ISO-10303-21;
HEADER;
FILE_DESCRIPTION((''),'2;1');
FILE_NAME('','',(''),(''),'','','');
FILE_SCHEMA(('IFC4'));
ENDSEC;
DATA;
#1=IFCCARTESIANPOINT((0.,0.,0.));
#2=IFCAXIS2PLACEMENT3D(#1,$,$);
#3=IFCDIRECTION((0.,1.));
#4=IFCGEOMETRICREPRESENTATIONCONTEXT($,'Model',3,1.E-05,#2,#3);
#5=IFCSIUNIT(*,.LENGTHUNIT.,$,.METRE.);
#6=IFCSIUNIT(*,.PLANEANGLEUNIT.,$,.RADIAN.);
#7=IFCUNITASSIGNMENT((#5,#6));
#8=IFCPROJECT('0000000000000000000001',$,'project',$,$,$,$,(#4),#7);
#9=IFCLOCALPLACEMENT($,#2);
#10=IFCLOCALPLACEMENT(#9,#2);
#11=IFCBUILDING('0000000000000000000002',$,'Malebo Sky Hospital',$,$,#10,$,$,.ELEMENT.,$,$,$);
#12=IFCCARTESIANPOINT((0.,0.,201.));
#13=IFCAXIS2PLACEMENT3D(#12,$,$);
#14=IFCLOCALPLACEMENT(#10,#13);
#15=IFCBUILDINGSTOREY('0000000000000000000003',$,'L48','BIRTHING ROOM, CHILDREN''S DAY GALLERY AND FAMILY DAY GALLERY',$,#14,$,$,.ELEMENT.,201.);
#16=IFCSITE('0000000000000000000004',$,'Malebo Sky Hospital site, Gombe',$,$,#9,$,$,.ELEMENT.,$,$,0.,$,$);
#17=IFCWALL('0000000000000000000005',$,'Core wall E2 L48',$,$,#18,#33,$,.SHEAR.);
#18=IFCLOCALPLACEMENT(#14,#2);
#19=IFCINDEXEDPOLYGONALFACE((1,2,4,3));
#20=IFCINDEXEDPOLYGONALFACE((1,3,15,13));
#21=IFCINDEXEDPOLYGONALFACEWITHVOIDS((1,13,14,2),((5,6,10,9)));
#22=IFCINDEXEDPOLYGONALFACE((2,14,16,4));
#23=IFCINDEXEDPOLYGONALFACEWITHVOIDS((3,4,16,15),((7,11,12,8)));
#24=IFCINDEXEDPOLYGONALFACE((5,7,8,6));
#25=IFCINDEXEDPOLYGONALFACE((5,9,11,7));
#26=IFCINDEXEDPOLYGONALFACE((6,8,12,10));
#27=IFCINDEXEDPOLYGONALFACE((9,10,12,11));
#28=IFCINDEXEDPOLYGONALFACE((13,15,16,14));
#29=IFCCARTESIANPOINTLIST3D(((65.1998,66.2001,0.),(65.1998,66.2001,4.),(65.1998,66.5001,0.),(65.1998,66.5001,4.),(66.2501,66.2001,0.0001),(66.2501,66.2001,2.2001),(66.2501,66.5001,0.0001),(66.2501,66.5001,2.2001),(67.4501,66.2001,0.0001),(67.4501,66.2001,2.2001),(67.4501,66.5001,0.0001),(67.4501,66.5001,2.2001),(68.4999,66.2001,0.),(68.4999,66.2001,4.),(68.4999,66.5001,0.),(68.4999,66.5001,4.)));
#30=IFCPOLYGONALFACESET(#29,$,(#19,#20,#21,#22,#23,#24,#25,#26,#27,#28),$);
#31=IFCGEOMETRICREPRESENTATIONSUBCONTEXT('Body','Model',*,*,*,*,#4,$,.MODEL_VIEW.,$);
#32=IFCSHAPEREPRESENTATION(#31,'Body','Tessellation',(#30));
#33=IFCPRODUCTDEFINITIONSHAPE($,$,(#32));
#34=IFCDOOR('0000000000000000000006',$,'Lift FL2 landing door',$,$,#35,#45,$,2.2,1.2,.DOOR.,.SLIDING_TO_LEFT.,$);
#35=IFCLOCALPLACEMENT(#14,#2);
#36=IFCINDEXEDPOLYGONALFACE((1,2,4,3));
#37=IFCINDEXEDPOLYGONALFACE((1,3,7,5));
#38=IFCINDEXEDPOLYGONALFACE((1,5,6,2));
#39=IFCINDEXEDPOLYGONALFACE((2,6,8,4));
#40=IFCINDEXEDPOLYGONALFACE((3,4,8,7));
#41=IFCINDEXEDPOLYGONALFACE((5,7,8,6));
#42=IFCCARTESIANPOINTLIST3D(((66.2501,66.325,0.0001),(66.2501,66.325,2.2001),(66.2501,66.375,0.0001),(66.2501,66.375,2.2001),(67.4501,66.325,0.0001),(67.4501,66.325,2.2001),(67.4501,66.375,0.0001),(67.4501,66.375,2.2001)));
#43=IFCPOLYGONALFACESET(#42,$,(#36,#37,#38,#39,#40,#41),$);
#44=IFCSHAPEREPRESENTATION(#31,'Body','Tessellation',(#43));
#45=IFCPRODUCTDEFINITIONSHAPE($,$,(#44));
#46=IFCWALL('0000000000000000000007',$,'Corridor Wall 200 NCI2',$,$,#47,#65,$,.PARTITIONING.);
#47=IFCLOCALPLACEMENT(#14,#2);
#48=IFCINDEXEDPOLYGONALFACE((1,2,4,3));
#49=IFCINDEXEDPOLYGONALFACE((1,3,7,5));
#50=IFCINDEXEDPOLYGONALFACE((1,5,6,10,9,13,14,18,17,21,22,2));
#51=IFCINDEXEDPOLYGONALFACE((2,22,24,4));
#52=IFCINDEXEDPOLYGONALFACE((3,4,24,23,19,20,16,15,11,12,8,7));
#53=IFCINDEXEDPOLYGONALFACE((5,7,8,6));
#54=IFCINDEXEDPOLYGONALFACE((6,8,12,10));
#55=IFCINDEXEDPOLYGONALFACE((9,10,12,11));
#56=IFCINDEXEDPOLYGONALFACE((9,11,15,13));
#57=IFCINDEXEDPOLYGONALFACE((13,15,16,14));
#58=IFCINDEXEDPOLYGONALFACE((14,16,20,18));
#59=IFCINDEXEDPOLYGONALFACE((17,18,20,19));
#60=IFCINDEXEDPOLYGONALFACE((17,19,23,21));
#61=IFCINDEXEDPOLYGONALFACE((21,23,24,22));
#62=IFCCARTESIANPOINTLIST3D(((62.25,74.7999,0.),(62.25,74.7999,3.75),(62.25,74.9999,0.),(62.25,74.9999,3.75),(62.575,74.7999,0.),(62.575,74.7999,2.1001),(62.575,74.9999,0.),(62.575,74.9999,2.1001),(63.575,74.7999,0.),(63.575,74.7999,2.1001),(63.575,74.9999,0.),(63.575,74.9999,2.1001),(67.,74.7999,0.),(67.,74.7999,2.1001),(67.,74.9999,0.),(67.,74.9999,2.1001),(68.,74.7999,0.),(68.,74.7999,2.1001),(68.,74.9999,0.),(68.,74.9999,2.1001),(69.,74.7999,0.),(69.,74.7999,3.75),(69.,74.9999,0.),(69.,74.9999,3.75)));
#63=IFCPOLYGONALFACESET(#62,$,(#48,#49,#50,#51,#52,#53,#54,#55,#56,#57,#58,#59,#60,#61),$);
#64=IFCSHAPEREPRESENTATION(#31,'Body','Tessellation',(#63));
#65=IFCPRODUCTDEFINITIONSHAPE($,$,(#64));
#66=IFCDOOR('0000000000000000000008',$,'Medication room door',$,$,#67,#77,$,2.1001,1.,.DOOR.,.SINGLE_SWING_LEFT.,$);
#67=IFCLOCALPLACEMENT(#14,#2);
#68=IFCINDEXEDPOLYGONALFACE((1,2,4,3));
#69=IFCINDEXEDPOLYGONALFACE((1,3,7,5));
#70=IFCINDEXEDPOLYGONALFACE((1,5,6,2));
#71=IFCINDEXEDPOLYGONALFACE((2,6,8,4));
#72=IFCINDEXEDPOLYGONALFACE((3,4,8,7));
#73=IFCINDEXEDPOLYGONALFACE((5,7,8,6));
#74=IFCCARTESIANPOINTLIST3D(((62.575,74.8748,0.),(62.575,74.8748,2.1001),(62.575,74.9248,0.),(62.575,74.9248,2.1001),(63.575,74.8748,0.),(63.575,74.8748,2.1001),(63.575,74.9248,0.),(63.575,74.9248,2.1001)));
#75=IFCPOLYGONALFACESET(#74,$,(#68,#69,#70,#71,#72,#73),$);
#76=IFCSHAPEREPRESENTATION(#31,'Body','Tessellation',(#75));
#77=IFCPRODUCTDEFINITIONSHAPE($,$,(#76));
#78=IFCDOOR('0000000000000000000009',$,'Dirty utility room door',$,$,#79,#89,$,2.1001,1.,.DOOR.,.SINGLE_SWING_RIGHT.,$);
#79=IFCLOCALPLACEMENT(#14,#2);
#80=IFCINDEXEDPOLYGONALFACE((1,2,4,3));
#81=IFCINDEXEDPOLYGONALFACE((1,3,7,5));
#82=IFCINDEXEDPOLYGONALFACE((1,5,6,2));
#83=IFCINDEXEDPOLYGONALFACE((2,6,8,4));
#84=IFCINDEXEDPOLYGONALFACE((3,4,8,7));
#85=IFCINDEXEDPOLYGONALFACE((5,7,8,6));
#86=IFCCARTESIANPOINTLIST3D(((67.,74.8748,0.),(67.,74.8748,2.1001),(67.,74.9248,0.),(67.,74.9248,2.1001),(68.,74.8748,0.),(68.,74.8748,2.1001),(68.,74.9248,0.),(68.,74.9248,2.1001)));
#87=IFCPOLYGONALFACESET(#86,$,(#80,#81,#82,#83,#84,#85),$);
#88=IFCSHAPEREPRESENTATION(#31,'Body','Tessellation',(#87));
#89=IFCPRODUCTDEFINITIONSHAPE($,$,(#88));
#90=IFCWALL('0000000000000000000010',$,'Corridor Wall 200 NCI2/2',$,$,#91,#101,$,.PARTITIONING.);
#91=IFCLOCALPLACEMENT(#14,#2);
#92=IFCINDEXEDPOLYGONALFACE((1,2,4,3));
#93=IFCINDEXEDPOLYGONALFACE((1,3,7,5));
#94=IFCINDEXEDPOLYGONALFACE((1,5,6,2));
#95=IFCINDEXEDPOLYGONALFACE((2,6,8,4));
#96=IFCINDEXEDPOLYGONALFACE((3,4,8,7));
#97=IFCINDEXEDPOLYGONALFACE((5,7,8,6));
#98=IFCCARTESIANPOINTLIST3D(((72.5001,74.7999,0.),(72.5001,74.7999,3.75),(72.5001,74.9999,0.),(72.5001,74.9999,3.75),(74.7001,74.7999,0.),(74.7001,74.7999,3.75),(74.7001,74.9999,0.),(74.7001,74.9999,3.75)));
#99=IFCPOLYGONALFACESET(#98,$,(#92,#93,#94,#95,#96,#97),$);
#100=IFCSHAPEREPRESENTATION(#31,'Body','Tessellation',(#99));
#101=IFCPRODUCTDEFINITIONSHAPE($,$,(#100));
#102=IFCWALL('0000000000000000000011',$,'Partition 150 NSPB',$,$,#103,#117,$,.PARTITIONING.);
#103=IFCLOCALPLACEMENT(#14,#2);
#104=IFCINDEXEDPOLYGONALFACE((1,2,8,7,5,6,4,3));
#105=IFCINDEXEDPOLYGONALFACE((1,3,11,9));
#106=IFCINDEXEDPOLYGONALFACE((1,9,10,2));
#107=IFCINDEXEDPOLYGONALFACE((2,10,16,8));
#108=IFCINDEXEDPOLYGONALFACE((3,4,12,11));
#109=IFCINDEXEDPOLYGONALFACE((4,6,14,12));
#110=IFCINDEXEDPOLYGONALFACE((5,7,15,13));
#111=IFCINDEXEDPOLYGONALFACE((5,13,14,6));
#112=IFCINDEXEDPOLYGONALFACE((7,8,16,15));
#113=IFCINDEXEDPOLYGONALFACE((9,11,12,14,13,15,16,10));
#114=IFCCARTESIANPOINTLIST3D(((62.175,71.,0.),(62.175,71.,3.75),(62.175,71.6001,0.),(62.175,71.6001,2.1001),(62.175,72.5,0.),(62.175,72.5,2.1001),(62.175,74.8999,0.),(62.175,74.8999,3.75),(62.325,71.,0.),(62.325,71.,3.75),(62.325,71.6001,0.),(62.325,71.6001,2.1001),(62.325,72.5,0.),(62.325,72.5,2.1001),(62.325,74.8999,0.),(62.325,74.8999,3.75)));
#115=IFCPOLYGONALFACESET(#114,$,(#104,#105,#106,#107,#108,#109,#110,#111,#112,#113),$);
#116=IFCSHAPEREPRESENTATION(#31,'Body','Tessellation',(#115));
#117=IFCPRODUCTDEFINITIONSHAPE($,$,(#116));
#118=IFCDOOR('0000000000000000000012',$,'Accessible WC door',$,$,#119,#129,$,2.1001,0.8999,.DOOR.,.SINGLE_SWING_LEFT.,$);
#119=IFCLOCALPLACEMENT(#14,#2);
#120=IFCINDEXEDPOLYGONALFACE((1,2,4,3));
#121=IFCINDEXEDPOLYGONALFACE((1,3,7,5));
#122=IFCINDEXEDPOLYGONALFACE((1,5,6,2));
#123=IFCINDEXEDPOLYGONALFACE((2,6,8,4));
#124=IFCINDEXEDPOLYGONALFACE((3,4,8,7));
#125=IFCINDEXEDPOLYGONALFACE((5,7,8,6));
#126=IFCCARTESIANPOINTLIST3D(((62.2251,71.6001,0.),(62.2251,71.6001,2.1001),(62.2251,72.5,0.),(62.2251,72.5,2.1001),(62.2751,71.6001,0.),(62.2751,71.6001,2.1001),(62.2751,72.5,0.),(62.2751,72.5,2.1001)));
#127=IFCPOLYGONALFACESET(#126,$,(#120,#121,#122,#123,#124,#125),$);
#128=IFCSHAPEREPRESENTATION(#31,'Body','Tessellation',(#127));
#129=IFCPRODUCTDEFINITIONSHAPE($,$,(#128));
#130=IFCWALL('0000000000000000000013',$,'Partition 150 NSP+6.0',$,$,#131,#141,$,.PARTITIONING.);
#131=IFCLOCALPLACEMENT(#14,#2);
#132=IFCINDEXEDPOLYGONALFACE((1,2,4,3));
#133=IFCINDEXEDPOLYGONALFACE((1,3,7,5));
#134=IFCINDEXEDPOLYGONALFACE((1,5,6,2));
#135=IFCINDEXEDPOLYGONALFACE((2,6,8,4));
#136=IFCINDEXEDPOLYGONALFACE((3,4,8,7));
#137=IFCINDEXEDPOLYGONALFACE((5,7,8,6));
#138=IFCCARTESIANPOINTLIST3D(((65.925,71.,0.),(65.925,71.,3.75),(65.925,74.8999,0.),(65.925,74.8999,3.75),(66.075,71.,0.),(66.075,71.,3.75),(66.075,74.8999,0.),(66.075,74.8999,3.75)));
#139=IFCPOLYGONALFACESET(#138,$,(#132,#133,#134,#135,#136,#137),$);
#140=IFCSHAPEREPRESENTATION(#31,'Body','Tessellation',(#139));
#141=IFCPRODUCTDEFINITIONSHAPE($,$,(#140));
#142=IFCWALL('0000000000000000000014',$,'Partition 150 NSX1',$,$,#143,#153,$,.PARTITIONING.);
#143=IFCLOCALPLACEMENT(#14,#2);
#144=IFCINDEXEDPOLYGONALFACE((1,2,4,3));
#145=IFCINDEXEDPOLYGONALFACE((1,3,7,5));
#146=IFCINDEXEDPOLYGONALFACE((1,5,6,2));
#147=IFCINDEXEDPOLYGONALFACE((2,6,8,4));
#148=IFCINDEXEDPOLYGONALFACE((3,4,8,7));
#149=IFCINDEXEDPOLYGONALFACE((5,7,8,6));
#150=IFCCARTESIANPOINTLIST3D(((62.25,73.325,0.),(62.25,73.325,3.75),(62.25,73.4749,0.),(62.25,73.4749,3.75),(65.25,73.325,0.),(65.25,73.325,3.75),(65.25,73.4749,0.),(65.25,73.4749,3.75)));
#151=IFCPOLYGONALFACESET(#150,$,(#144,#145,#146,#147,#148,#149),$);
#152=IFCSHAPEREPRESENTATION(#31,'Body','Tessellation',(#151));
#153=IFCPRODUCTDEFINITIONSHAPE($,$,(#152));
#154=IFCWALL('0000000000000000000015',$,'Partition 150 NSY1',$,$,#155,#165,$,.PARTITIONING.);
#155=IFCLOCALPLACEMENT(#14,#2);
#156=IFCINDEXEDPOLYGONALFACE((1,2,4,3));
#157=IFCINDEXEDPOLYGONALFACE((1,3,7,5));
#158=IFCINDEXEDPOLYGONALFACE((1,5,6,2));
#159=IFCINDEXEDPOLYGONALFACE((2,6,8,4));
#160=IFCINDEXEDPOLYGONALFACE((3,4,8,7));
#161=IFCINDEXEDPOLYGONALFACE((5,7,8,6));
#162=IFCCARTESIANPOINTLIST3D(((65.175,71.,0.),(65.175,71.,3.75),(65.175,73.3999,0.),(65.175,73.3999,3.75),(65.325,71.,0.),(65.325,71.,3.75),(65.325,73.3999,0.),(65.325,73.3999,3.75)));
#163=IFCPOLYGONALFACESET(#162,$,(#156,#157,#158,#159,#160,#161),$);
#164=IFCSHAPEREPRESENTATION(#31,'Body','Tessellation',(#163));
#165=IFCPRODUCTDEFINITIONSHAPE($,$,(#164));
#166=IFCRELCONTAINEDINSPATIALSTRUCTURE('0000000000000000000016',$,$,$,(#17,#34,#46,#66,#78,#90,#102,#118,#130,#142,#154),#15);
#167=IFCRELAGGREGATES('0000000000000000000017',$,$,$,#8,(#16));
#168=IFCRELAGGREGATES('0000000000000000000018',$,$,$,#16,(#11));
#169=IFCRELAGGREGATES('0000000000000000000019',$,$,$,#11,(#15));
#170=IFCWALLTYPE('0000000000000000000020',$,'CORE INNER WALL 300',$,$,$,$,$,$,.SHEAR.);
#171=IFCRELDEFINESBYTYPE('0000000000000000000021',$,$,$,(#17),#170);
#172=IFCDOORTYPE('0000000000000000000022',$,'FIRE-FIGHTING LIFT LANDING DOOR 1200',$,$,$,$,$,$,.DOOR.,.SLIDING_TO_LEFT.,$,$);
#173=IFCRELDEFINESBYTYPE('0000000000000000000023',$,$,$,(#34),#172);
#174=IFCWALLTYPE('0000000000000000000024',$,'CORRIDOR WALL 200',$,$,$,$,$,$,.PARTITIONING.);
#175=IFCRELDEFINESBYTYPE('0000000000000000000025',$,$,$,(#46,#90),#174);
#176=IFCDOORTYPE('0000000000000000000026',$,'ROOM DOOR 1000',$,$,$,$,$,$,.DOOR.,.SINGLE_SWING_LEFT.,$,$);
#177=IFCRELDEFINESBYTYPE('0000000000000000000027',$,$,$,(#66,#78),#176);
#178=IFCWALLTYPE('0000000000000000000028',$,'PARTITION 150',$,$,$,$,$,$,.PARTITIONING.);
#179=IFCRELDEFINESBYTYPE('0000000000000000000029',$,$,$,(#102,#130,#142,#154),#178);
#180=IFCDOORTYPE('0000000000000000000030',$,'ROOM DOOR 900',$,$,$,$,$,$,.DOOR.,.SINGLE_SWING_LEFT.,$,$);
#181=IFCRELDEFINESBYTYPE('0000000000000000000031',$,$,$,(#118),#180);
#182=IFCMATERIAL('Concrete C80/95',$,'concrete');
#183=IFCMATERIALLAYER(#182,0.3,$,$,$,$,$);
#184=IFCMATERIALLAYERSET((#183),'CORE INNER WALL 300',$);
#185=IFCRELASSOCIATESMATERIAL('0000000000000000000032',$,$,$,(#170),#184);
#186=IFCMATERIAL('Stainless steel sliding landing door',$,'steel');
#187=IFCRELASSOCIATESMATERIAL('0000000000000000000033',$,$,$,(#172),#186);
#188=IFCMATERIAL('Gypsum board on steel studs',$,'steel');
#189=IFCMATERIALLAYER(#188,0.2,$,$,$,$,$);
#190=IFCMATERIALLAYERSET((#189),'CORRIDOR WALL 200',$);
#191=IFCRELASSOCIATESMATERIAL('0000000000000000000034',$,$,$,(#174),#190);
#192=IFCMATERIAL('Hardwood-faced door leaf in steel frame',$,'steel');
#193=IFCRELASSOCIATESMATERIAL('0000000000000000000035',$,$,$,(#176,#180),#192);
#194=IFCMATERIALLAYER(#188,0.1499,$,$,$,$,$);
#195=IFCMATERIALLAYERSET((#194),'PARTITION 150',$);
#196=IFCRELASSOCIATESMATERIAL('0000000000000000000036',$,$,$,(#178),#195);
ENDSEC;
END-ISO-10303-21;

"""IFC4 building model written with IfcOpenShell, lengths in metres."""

from ifc_helpers import new_model, si_unit, direction, frame, frame_2d, origin, place, context, subcontext, project, spatial, rectangle, extrude, material, layer, layer_set, type_object, element, fill, save


model = new_model("IFC4")

# Units and contexts
model_context = context("Model", 3, precision=1e-05, world=origin(), true_north=direction((0.0, 1.0)))
body_context = subcontext(model_context, "Body", "Model", "MODEL_VIEW")
ifc_project = project(units=[si_unit("LENGTHUNIT", "METRE"), si_unit("PLANEANGLEUNIT", "RADIAN")], contexts=[model_context])

# Site, building, storey
site_placement = place(None, origin())
site = spatial("IfcSite", under=ifc_project, at=site_placement, Name="Malebo Sky Hospital site, Gombe", CompositionType="ELEMENT", RefElevation=0.0)
building_placement = place(site_placement, origin())
building = spatial("IfcBuilding", under=site, at=building_placement, Name="Malebo Sky Hospital", CompositionType="ELEMENT")
storey_placement = place(building_placement, frame((0.0, 0.0, 201.0)))
storey = spatial("IfcBuildingStorey", under=building, at=storey_placement, Name="L48", Description="BIRTHING ROOM, CHILDREN'S DAY GALLERY AND FAMILY DAY GALLERY", CompositionType="ELEMENT", Elevation=201.0)

# Shared definitions
ifc_material_1 = material(Name="Concrete C80/95", Category="concrete")

# Wall, opening, door
ifc_layer_1 = layer(ifc_material_1, 0.3)
ifc_layer_set_1 = layer_set([ifc_layer_1], Name="CORE INNER WALL 300")
wall_type_1 = type_object("IfcWallType", Name="CORE INNER WALL 300", PredefinedType="SHEAR", material=ifc_layer_set_1)
ifc_material_2 = material(Name="Hardwood-faced door leaf in steel frame", Category="steel")
wall_1_placement = place(storey_placement, frame((65.2, 66.3501, 0.0), z_axis=(0.0, 0.0, 1.0), x_axis=(1.0, 0.0, 0.0)))
wall_1 = element("IfcWall", 1, at=wall_1_placement, inside=storey, type_object=wall_type_1, Name="Core wall E2 L48", PredefinedType="SHEAR", context=body_context, shape_type="SweptSolid", body=[
    extrude(rectangle(XDim=3.3, YDim=0.3, at=frame_2d((1.6499, 0.0))), origin(), (0.0, 0.0, 1.0), 4.0),
])
opening_1_placement = place(wall_1_placement, frame((1.05, 0.0, 0.0)))
opening_1 = element("IfcOpeningElement", 2, at=opening_1_placement, cuts=wall_1, PredefinedType="OPENING", context=body_context, shape_type="SweptSolid", body=[
    extrude(rectangle(XDim=1.2, YDim=2.2, at=frame_2d((0.6001, 1.1001))), frame((0.0, 0.1599, 0.0), z_axis=(0.0, -1.0, 0.0), x_axis=(1.0, 0.0, 0.0)), (0.0, 0.0, 1.0), 0.3201),
])
ifc_material_3 = material(Name="Stainless steel sliding landing door", Category="steel")
door_type_1 = type_object("IfcDoorType", Name="FIRE-FIGHTING LIFT LANDING DOOR 1200", OperationType="SLIDING_TO_LEFT", PredefinedType="DOOR", material=ifc_material_3)
door_1_placement = place(opening_1_placement, origin())
door_1 = element("IfcDoor", 3, at=door_1_placement, inside=storey, type_object=door_type_1, Name="Lift FL2 landing door", OperationType="SLIDING_TO_LEFT", OverallHeight=2.2, OverallWidth=1.2, PredefinedType="DOOR", context=body_context, shape_type="SweptSolid", body=[
    extrude(rectangle(XDim=1.2, YDim=2.2, at=frame_2d((0.6001, 1.1001))), frame((0.0, 0.0249, 0.0), z_axis=(0.0, -1.0, 0.0), x_axis=(1.0, 0.0, 0.0)), (0.0, 0.0, 1.0), 0.05),
])
fill(opening_1, door_1)

# Wall, openings, doors
ifc_material_4 = material(Name="Gypsum board on steel studs", Category="steel")
ifc_layer_2 = layer(ifc_material_4, 0.2)
ifc_layer_set_2 = layer_set([ifc_layer_2], Name="CORRIDOR WALL 200")
wall_type_2 = type_object("IfcWallType", Name="CORRIDOR WALL 200", PredefinedType="PARTITIONING", material=ifc_layer_set_2)
wall_2_placement = place(storey_placement, frame((62.25, 74.8999, 0.0), z_axis=(0.0, 0.0, 1.0), x_axis=(1.0, 0.0, 0.0)))
wall_2 = element("IfcWall", 4, at=wall_2_placement, inside=storey, type_object=wall_type_2, Name="Corridor Wall 200 NCI2", PredefinedType="PARTITIONING", context=body_context, shape_type="SweptSolid", body=[
    extrude(rectangle(XDim=6.75, YDim=0.2, at=frame_2d((3.375, 0.0))), origin(), (0.0, 0.0, 1.0), 3.75),
])
opening_2_placement = place(wall_2_placement, frame((0.325, 0.0, 0.0)))
opening_2 = element("IfcOpeningElement", 5, at=opening_2_placement, cuts=wall_2, PredefinedType="OPENING", context=body_context, shape_type="SweptSolid", body=[
    extrude(rectangle(XDim=1.0, YDim=2.1001, at=frame_2d((0.5, 1.05))), frame((0.0, 0.1099, 0.0), z_axis=(0.0, -1.0, 0.0), x_axis=(1.0, 0.0, 0.0)), (0.0, 0.0, 1.0), 0.22),
])
opening_3_placement = place(wall_2_placement, frame((4.75, 0.0, 0.0)))
opening_3 = element("IfcOpeningElement", 6, at=opening_3_placement, cuts=wall_2, PredefinedType="OPENING", context=body_context, shape_type="SweptSolid", body=[
    extrude(rectangle(XDim=1.0, YDim=2.1001, at=frame_2d((0.5, 1.05))), frame((0.0, 0.1099, 0.0), z_axis=(0.0, -1.0, 0.0), x_axis=(1.0, 0.0, 0.0)), (0.0, 0.0, 1.0), 0.22),
])
door_type_2 = type_object("IfcDoorType", Name="ROOM DOOR 1000", OperationType="SINGLE_SWING_LEFT", PredefinedType="DOOR", material=ifc_material_2)
door_2_placement = place(opening_2_placement, origin())
door_2 = element("IfcDoor", 7, at=door_2_placement, inside=storey, type_object=door_type_2, Name="Medication room door", OperationType="SINGLE_SWING_LEFT", OverallHeight=2.1001, OverallWidth=1.0, PredefinedType="DOOR", context=body_context, shape_type="SweptSolid", body=[
    extrude(rectangle(XDim=1.0, YDim=2.1001, at=frame_2d((0.5, 1.05))), frame((0.0, 0.0249, 0.0), z_axis=(0.0, -1.0, 0.0), x_axis=(1.0, 0.0, 0.0)), (0.0, 0.0, 1.0), 0.05),
])
fill(opening_2, door_2)
door_3_placement = place(opening_3_placement, origin())
door_3 = element("IfcDoor", 8, at=door_3_placement, inside=storey, type_object=door_type_2, Name="Dirty utility room door", OperationType="SINGLE_SWING_RIGHT", OverallHeight=2.1001, OverallWidth=1.0, PredefinedType="DOOR", context=body_context, shape_type="SweptSolid", body=[
    extrude(rectangle(XDim=1.0, YDim=2.1001, at=frame_2d((0.5, 1.05))), frame((0.0, 0.0249, 0.0), z_axis=(0.0, -1.0, 0.0), x_axis=(1.0, 0.0, 0.0)), (0.0, 0.0, 1.0), 0.05),
])
fill(opening_3, door_3)

# Wall
wall_3_placement = place(storey_placement, frame((72.5, 74.8999, 0.0), z_axis=(0.0, 0.0, 1.0), x_axis=(1.0, 0.0, 0.0)))
element("IfcWall", 9, at=wall_3_placement, inside=storey, type_object=wall_type_2, Name="Corridor Wall 200 NCI2/2", PredefinedType="PARTITIONING", context=body_context, shape_type="SweptSolid", body=[
    extrude(rectangle(XDim=2.2, YDim=0.2, at=frame_2d((1.1001, 0.0))), origin(), (0.0, 0.0, 1.0), 3.75),
])

# Wall, opening, door
ifc_layer_3 = layer(ifc_material_4, 0.1499)
ifc_layer_set_3 = layer_set([ifc_layer_3], Name="PARTITION 150")
wall_type_3 = type_object("IfcWallType", Name="PARTITION 150", PredefinedType="PARTITIONING", material=ifc_layer_set_3)
wall_4_placement = place(storey_placement, frame((62.25, 71.0, 0.0), z_axis=(0.0, 0.0, 1.0), x_axis=(0.0, 1.0, 0.0)))
wall_4 = element("IfcWall", 10, at=wall_4_placement, inside=storey, type_object=wall_type_3, Name="Partition 150 NSPB", PredefinedType="PARTITIONING", context=body_context, shape_type="SweptSolid", body=[
    extrude(rectangle(XDim=3.8999, YDim=0.1499, at=frame_2d((1.95, 0.0))), origin(), (0.0, 0.0, 1.0), 3.75),
])
opening_4_placement = place(wall_4_placement, frame((0.6001, 0.0, 0.0)))
opening_4 = element("IfcOpeningElement", 11, at=opening_4_placement, cuts=wall_4, PredefinedType="OPENING", context=body_context, shape_type="SweptSolid", body=[
    extrude(rectangle(XDim=0.8999, YDim=2.1001, at=frame_2d((0.45, 1.05))), frame((0.0, 0.085, 0.0), z_axis=(0.0, -1.0, 0.0), x_axis=(1.0, 0.0, 0.0)), (0.0, 0.0, 1.0), 0.1699),
])
door_type_3 = type_object("IfcDoorType", Name="ROOM DOOR 900", OperationType="SINGLE_SWING_LEFT", PredefinedType="DOOR", material=ifc_material_2)
door_4_placement = place(opening_4_placement, origin())
door_4 = element("IfcDoor", 12, at=door_4_placement, inside=storey, type_object=door_type_3, Name="Accessible WC door", OperationType="SINGLE_SWING_LEFT", OverallHeight=2.1001, OverallWidth=0.8999, PredefinedType="DOOR", context=body_context, shape_type="SweptSolid", body=[
    extrude(rectangle(XDim=0.8999, YDim=2.1001, at=frame_2d((0.45, 1.05))), frame((0.0, 0.0249, 0.0), z_axis=(0.0, -1.0, 0.0), x_axis=(1.0, 0.0, 0.0)), (0.0, 0.0, 1.0), 0.05),
])
fill(opening_4, door_4)

# Walls
wall_5_placement = place(storey_placement, frame((66.0, 71.0, 0.0), z_axis=(0.0, 0.0, 1.0), x_axis=(0.0, 1.0, 0.0)))
element("IfcWall", 13, at=wall_5_placement, inside=storey, type_object=wall_type_3, Name="Partition 150 NSP+6.0", PredefinedType="PARTITIONING", context=body_context, shape_type="SweptSolid", body=[
    extrude(rectangle(XDim=3.8999, YDim=0.1499, at=frame_2d((1.95, 0.0))), origin(), (0.0, 0.0, 1.0), 3.75),
])
wall_6_placement = place(storey_placement, frame((62.25, 73.3999, 0.0), z_axis=(0.0, 0.0, 1.0), x_axis=(1.0, 0.0, 0.0)))
element("IfcWall", 14, at=wall_6_placement, inside=storey, type_object=wall_type_3, Name="Partition 150 NSX1", PredefinedType="PARTITIONING", context=body_context, shape_type="SweptSolid", body=[
    extrude(rectangle(XDim=3.0, YDim=0.1499, at=frame_2d((1.5, 0.0))), origin(), (0.0, 0.0, 1.0), 3.75),
])
wall_7_placement = place(storey_placement, frame((65.25, 71.0, 0.0), z_axis=(0.0, 0.0, 1.0), x_axis=(0.0, 1.0, 0.0)))
element("IfcWall", 15, at=wall_7_placement, inside=storey, type_object=wall_type_3, Name="Partition 150 NSY1", PredefinedType="PARTITIONING", context=body_context, shape_type="SweptSolid", body=[
    extrude(rectangle(XDim=2.3999, YDim=0.1499, at=frame_2d((1.2, 0.0))), origin(), (0.0, 0.0, 1.0), 3.75),
])

save(model, "model.ifc")
